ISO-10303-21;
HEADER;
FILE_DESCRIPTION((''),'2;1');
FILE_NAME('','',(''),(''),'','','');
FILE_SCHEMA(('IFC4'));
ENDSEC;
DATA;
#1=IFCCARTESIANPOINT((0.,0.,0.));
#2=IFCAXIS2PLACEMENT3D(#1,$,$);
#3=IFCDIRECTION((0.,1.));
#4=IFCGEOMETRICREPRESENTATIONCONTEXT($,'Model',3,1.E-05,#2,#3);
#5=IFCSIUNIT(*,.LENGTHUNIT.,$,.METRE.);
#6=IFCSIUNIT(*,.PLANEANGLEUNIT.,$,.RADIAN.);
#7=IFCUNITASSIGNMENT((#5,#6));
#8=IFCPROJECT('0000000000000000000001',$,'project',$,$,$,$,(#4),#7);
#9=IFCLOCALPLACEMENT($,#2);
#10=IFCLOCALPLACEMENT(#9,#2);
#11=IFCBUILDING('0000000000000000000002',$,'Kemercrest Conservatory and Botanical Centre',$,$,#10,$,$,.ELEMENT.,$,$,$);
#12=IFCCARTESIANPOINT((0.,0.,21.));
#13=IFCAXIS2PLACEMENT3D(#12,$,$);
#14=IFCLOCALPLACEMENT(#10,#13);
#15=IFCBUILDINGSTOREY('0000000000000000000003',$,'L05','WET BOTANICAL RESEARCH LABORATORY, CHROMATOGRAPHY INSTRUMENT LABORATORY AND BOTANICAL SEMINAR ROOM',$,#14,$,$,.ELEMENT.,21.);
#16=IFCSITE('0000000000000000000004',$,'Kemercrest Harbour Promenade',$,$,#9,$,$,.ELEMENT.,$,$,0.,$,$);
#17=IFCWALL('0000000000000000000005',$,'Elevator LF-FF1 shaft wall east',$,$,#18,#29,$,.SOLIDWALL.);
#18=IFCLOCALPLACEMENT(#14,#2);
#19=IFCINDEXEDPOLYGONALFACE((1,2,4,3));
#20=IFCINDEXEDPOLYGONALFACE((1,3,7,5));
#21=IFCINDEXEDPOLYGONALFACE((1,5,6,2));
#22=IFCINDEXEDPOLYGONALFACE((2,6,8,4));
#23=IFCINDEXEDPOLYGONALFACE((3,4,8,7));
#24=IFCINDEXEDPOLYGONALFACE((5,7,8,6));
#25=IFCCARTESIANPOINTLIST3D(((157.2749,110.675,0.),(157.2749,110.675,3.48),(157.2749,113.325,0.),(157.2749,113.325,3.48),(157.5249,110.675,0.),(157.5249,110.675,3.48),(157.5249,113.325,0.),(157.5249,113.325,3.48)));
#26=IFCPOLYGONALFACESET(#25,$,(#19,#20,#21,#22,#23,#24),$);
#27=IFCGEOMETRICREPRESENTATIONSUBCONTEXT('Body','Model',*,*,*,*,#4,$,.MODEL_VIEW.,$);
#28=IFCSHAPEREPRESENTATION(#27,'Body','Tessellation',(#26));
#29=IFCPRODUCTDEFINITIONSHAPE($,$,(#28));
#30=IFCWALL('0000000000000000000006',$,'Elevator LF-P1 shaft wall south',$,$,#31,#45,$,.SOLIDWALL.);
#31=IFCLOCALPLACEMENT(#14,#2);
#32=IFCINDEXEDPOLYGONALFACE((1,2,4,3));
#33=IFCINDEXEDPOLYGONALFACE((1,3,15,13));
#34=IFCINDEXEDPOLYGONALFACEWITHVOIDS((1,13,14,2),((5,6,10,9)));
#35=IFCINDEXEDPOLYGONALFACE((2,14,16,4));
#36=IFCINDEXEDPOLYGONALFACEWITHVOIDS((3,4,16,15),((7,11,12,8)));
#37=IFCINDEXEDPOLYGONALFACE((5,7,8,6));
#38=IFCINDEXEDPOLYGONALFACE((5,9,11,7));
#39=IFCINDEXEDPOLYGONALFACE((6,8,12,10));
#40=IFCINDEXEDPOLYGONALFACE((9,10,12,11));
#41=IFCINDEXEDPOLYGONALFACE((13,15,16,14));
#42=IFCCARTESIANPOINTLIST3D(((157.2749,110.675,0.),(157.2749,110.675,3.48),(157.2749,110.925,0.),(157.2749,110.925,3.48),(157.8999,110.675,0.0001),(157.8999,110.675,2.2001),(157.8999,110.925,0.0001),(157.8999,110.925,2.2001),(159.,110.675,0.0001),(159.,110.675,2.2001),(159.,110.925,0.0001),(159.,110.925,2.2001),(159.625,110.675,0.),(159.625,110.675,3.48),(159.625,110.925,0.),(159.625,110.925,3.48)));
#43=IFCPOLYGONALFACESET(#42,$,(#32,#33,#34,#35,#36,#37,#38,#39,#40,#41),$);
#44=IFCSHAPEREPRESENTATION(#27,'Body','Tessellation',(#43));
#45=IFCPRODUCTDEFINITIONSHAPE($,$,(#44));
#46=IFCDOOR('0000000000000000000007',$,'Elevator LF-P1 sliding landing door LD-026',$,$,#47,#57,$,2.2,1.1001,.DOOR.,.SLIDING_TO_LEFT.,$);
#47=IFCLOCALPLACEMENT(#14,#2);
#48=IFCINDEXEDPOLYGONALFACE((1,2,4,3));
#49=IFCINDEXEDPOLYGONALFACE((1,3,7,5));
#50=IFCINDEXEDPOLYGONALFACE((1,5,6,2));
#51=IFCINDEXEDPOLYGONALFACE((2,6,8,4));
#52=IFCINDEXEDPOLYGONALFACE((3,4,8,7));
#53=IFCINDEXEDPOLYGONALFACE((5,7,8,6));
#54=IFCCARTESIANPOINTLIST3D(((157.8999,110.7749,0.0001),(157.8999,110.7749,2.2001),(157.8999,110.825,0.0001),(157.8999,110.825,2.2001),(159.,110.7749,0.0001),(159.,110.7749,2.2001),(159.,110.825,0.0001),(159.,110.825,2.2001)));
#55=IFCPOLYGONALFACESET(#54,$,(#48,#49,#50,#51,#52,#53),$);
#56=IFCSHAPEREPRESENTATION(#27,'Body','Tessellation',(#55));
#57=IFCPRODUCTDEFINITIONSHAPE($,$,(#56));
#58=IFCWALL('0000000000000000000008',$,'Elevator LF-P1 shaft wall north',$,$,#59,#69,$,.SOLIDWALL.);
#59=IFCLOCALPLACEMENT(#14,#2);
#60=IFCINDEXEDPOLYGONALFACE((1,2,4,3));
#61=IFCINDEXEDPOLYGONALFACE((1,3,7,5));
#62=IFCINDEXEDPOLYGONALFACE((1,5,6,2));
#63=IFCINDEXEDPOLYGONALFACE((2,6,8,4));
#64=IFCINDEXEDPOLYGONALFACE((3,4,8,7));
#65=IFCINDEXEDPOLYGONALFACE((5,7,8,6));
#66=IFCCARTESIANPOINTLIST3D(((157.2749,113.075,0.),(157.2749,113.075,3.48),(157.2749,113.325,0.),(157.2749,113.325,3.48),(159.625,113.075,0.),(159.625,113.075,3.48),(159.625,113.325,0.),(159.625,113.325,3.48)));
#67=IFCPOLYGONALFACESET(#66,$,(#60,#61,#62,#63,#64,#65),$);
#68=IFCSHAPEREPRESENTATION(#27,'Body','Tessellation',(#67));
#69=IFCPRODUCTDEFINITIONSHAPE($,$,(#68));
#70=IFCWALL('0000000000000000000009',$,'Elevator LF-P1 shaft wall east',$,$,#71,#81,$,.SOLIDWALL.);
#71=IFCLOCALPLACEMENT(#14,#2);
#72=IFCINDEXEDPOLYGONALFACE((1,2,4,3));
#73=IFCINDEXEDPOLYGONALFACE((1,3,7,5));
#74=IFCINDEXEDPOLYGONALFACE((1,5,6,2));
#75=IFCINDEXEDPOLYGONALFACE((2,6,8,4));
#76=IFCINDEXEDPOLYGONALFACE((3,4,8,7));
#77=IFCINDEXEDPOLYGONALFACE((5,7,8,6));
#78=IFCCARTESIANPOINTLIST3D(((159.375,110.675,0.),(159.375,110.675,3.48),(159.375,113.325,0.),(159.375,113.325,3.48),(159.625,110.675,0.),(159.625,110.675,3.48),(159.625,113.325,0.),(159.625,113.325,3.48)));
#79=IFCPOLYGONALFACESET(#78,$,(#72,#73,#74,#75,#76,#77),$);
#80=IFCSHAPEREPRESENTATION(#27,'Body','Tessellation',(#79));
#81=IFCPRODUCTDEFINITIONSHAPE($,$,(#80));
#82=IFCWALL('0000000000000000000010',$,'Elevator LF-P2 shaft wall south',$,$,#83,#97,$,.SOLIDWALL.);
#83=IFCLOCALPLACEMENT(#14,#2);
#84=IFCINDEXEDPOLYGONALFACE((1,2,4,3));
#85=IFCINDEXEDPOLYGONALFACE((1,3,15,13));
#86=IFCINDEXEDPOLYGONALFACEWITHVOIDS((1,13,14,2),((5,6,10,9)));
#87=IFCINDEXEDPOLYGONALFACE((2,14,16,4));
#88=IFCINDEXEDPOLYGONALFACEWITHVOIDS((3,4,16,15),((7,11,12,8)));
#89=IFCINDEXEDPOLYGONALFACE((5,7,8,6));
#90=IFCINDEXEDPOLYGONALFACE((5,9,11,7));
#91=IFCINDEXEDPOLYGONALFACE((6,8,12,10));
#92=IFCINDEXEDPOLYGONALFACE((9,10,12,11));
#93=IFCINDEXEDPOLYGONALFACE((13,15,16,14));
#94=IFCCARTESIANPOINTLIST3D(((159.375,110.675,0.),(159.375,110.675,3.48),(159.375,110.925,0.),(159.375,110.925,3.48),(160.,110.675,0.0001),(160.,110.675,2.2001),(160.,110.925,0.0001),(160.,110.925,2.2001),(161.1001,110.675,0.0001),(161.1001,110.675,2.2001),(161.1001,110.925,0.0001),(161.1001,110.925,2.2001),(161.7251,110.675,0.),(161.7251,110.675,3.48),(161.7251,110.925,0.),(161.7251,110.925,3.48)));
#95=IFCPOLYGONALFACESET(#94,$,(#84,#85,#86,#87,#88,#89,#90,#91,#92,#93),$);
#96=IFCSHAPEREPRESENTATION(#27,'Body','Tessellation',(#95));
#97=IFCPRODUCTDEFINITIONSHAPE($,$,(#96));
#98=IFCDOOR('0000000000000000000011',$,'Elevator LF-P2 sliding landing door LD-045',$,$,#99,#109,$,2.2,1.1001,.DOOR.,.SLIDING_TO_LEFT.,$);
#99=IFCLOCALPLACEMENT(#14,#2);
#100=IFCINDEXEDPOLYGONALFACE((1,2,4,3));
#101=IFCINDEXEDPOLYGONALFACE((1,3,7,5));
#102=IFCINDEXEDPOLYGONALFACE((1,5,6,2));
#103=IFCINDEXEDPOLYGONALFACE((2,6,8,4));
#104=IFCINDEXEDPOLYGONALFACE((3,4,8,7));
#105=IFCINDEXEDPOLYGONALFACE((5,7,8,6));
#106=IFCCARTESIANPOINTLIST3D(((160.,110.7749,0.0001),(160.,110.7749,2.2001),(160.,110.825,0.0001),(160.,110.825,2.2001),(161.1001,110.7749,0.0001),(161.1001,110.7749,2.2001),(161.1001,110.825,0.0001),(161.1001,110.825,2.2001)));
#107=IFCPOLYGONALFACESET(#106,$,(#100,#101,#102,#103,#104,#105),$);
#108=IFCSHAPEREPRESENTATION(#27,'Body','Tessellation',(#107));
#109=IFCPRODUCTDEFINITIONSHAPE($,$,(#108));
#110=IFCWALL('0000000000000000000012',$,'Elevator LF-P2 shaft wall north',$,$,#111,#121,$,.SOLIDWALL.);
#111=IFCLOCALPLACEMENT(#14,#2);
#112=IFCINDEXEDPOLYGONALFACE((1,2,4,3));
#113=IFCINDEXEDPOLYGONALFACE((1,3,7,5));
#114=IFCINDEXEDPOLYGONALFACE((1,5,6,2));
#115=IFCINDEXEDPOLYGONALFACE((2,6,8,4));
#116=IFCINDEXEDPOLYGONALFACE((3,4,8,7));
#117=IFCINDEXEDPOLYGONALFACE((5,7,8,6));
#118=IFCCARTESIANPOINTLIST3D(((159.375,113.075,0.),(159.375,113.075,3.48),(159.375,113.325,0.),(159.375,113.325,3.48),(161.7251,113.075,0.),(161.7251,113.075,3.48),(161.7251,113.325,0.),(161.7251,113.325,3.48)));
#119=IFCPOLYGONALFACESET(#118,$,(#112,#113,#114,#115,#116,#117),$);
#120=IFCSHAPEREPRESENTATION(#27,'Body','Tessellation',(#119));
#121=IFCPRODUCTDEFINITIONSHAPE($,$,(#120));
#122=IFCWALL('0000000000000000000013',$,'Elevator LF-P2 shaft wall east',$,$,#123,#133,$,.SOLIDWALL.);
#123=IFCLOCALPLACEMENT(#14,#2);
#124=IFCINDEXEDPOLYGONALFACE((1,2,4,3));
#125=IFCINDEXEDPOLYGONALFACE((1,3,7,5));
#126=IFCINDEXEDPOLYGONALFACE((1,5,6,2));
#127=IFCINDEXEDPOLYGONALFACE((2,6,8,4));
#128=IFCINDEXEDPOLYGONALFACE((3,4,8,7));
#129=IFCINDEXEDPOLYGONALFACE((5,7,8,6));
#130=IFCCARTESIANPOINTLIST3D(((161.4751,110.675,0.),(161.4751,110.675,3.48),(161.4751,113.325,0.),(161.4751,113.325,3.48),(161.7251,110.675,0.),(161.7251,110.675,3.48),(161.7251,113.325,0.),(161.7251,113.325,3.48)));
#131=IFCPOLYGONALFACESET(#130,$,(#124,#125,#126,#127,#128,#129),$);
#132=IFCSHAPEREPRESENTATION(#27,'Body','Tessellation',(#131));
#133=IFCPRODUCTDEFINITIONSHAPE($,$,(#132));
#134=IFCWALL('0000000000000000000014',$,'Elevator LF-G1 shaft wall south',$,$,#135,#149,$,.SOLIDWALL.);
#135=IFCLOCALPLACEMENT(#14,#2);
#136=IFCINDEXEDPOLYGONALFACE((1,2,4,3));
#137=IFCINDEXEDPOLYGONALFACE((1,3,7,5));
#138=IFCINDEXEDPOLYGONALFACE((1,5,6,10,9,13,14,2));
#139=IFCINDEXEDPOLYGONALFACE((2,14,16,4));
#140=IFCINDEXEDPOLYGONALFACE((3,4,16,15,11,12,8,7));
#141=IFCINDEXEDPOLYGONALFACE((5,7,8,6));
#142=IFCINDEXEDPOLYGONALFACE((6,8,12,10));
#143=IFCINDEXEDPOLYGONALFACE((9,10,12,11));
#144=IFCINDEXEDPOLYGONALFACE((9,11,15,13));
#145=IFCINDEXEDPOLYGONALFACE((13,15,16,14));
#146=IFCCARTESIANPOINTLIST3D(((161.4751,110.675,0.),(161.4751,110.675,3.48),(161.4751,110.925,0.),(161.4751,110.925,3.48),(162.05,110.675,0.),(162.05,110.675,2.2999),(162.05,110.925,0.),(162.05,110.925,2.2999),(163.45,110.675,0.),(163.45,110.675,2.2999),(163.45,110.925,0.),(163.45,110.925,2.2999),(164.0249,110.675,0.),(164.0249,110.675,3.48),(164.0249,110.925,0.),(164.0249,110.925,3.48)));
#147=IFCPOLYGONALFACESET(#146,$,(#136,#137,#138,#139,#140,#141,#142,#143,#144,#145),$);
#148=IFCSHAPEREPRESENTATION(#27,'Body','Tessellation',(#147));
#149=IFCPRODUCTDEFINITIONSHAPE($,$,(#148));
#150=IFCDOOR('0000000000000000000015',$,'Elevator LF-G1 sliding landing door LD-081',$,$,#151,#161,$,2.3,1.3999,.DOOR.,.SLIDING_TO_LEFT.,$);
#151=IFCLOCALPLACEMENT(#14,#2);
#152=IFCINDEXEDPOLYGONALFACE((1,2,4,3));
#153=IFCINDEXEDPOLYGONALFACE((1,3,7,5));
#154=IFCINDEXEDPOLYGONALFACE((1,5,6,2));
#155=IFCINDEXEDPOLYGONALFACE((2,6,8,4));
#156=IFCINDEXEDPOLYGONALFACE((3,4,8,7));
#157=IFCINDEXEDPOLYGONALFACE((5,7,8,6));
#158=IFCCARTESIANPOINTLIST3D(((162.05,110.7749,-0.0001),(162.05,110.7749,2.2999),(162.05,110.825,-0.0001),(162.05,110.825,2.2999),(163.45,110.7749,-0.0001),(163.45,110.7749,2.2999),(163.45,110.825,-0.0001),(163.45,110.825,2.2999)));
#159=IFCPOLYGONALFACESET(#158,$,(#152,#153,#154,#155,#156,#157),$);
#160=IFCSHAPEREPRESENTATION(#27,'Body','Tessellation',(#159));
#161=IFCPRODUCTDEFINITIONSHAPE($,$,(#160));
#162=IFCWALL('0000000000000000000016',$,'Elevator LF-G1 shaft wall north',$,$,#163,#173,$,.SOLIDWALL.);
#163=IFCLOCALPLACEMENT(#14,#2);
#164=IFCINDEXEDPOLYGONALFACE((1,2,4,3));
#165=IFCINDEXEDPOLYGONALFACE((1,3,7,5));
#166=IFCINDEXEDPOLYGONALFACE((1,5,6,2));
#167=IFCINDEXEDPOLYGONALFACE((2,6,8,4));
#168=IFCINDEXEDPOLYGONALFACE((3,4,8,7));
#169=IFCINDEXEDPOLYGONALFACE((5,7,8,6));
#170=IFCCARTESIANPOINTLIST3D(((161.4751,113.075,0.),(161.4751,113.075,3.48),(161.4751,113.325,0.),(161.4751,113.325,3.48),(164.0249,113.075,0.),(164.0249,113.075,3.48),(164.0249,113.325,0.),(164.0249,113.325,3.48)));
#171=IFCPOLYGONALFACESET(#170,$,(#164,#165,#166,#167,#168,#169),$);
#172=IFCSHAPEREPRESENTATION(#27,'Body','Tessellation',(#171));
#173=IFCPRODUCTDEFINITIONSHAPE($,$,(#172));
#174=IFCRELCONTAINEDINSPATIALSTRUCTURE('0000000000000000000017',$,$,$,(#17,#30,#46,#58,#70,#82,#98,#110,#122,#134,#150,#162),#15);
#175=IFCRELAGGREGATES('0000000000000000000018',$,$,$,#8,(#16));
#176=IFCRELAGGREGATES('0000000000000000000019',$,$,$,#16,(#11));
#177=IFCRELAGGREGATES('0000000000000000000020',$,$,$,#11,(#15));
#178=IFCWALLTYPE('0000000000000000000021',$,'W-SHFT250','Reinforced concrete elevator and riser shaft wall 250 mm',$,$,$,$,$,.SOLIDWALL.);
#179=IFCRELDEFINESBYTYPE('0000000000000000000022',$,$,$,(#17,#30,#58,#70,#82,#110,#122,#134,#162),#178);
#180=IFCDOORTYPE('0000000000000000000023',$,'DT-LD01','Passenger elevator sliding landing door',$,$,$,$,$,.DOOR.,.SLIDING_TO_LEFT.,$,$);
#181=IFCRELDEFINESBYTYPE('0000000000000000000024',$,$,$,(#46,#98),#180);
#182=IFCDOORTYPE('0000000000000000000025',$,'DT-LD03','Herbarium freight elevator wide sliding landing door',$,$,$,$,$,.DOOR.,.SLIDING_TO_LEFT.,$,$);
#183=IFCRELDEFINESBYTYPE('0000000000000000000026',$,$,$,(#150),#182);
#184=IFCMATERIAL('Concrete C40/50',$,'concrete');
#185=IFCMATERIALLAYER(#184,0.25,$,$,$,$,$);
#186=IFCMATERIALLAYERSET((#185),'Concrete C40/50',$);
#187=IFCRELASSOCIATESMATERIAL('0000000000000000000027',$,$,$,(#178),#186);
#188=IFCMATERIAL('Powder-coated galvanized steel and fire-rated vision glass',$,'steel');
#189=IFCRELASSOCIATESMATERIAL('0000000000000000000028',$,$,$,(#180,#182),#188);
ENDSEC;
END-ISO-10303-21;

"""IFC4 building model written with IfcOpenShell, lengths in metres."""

from ifc_helpers import new_model, si_unit, direction, frame, frame_2d, origin, place, context, subcontext, project, spatial, rectangle, extrude, material, layer, layer_set, type_object, element, fill, save


model = new_model("IFC4")

# Units and contexts
model_context = context("Model", 3, precision=1e-05, world=origin(), true_north=direction((0.0, 1.0)))
body_context = subcontext(model_context, "Body", "Model", "MODEL_VIEW")
ifc_project = project(units=[si_unit("LENGTHUNIT", "METRE"), si_unit("PLANEANGLEUNIT", "RADIAN")], contexts=[model_context])

# Site, building, storey
site_placement = place(None, origin())
site = spatial("IfcSite", under=ifc_project, at=site_placement, Name="Kemercrest Harbour Promenade", CompositionType="ELEMENT", RefElevation=0.0)
building_placement = place(site_placement, origin())
building = spatial("IfcBuilding", under=site, at=building_placement, Name="Kemercrest Conservatory and Botanical Centre", CompositionType="ELEMENT")
storey_placement = place(building_placement, frame((0.0, 0.0, 21.0)))
storey = spatial("IfcBuildingStorey", under=building, at=storey_placement, Name="L05", Description="WET BOTANICAL RESEARCH LABORATORY, CHROMATOGRAPHY INSTRUMENT LABORATORY AND BOTANICAL SEMINAR ROOM", CompositionType="ELEMENT", Elevation=21.0)

# Shared definitions
ifc_material_1 = material(Name="Concrete C40/50", Category="concrete")

# Shared definitions
ifc_layer_1 = layer(ifc_material_1, 0.25)
ifc_layer_set_1 = layer_set([ifc_layer_1], Name="Concrete C40/50")
wall_type_1 = type_object("IfcWallType", Name="W-SHFT250", Description="Reinforced concrete elevator and riser shaft wall 250 mm", PredefinedType="SOLIDWALL", material=ifc_layer_set_1)
ifc_material_2 = material(Name="Powder-coated galvanized steel and fire-rated vision glass", Category="steel")

# Wall
wall_1_placement = place(storey_placement, frame((157.3999, 110.675, 0.0), z_axis=(0.0, 0.0, 1.0), x_axis=(0.0, 1.0, 0.0)))
element("IfcWall", 1, at=wall_1_placement, inside=storey, type_object=wall_type_1, Name="Elevator LF-FF1 shaft wall east", PredefinedType="SOLIDWALL", context=body_context, shape_type="SweptSolid", body=[
    extrude(rectangle(XDim=2.6499, YDim=0.25, at=frame_2d((1.325, 0.0))), origin(), (0.0, 0.0, 1.0), 3.48),
])

# Wall, opening, door
wall_2_placement = place(storey_placement, frame((157.2749, 110.8, 0.0), z_axis=(0.0, 0.0, 1.0), x_axis=(1.0, 0.0, 0.0)))
wall_2 = element("IfcWall", 2, at=wall_2_placement, inside=storey, type_object=wall_type_1, Name="Elevator LF-P1 shaft wall south", PredefinedType="SOLIDWALL", context=body_context, shape_type="SweptSolid", body=[
    extrude(rectangle(XDim=2.3501, YDim=0.25, at=frame_2d((1.175, 0.0))), origin(), (0.0, 0.0, 1.0), 3.48),
])
opening_1_placement = place(wall_2_placement, frame((0.625, 0.0, 0.0)))
opening_1 = element("IfcOpeningElement", 3, at=opening_1_placement, cuts=wall_2, PredefinedType="OPENING", context=body_context, shape_type="SweptSolid", body=[
    extrude(rectangle(XDim=1.1001, YDim=2.2, at=frame_2d((0.55, 1.1001))), frame((0.0, 0.135, 0.0), z_axis=(0.0, -1.0, 0.0), x_axis=(1.0, 0.0, 0.0)), (0.0, 0.0, 1.0), 0.27),
])
door_type_1 = type_object("IfcDoorType", Name="DT-LD01", Description="Passenger elevator sliding landing door", OperationType="SLIDING_TO_LEFT", PredefinedType="DOOR", material=ifc_material_2)
door_1_placement = place(opening_1_placement, origin())
door_1 = element("IfcDoor", 4, at=door_1_placement, inside=storey, type_object=door_type_1, Name="Elevator LF-P1 sliding landing door LD-026", OperationType="SLIDING_TO_LEFT", OverallHeight=2.2, OverallWidth=1.1001, PredefinedType="DOOR", context=body_context, shape_type="SweptSolid", body=[
    extrude(rectangle(XDim=1.1001, YDim=2.2, at=frame_2d((0.55, 1.1001))), frame((0.0, 0.0249, 0.0), z_axis=(0.0, -1.0, 0.0), x_axis=(1.0, 0.0, 0.0)), (0.0, 0.0, 1.0), 0.05),
])
fill(opening_1, door_1)

# Walls
wall_3_placement = place(storey_placement, frame((157.2749, 113.2, 0.0), z_axis=(0.0, 0.0, 1.0), x_axis=(1.0, 0.0, 0.0)))
element("IfcWall", 5, at=wall_3_placement, inside=storey, type_object=wall_type_1, Name="Elevator LF-P1 shaft wall north", PredefinedType="SOLIDWALL", context=body_context, shape_type="SweptSolid", body=[
    extrude(rectangle(XDim=2.3501, YDim=0.25, at=frame_2d((1.175, 0.0))), origin(), (0.0, 0.0, 1.0), 3.48),
])
wall_4_placement = place(storey_placement, frame((159.5, 110.675, 0.0), z_axis=(0.0, 0.0, 1.0), x_axis=(0.0, 1.0, 0.0)))
element("IfcWall", 6, at=wall_4_placement, inside=storey, type_object=wall_type_1, Name="Elevator LF-P1 shaft wall east", PredefinedType="SOLIDWALL", context=body_context, shape_type="SweptSolid", body=[
    extrude(rectangle(XDim=2.6499, YDim=0.25, at=frame_2d((1.325, 0.0))), origin(), (0.0, 0.0, 1.0), 3.48),
])

# Wall, opening, door
wall_5_placement = place(storey_placement, frame((159.375, 110.8, 0.0), z_axis=(0.0, 0.0, 1.0), x_axis=(1.0, 0.0, 0.0)))
wall_5 = element("IfcWall", 7, at=wall_5_placement, inside=storey, type_object=wall_type_1, Name="Elevator LF-P2 shaft wall south", PredefinedType="SOLIDWALL", context=body_context, shape_type="SweptSolid", body=[
    extrude(rectangle(XDim=2.3501, YDim=0.25, at=frame_2d((1.175, 0.0))), origin(), (0.0, 0.0, 1.0), 3.48),
])
opening_2_placement = place(wall_5_placement, frame((0.625, 0.0, 0.0)))
opening_2 = element("IfcOpeningElement", 8, at=opening_2_placement, cuts=wall_5, PredefinedType="OPENING", context=body_context, shape_type="SweptSolid", body=[
    extrude(rectangle(XDim=1.1001, YDim=2.2, at=frame_2d((0.55, 1.1001))), frame((0.0, 0.135, 0.0), z_axis=(0.0, -1.0, 0.0), x_axis=(1.0, 0.0, 0.0)), (0.0, 0.0, 1.0), 0.27),
])
door_2_placement = place(opening_2_placement, origin())
door_2 = element("IfcDoor", 9, at=door_2_placement, inside=storey, type_object=door_type_1, Name="Elevator LF-P2 sliding landing door LD-045", OperationType="SLIDING_TO_LEFT", OverallHeight=2.2, OverallWidth=1.1001, PredefinedType="DOOR", context=body_context, shape_type="SweptSolid", body=[
    extrude(rectangle(XDim=1.1001, YDim=2.2, at=frame_2d((0.55, 1.1001))), frame((0.0, 0.0249, 0.0), z_axis=(0.0, -1.0, 0.0), x_axis=(1.0, 0.0, 0.0)), (0.0, 0.0, 1.0), 0.05),
])
fill(opening_2, door_2)

# Walls
wall_6_placement = place(storey_placement, frame((159.375, 113.2, 0.0), z_axis=(0.0, 0.0, 1.0), x_axis=(1.0, 0.0, 0.0)))
element("IfcWall", 10, at=wall_6_placement, inside=storey, type_object=wall_type_1, Name="Elevator LF-P2 shaft wall north", PredefinedType="SOLIDWALL", context=body_context, shape_type="SweptSolid", body=[
    extrude(rectangle(XDim=2.3501, YDim=0.25, at=frame_2d((1.175, 0.0))), origin(), (0.0, 0.0, 1.0), 3.48),
])
wall_7_placement = place(storey_placement, frame((161.6001, 110.675, 0.0), z_axis=(0.0, 0.0, 1.0), x_axis=(0.0, 1.0, 0.0)))
element("IfcWall", 11, at=wall_7_placement, inside=storey, type_object=wall_type_1, Name="Elevator LF-P2 shaft wall east", PredefinedType="SOLIDWALL", context=body_context, shape_type="SweptSolid", body=[
    extrude(rectangle(XDim=2.6499, YDim=0.25, at=frame_2d((1.325, 0.0))), origin(), (0.0, 0.0, 1.0), 3.48),
])

# Wall, opening, door
wall_8_placement = place(storey_placement, frame((161.4751, 110.8, 0.0), z_axis=(0.0, 0.0, 1.0), x_axis=(1.0, 0.0, 0.0)))
wall_8 = element("IfcWall", 12, at=wall_8_placement, inside=storey, type_object=wall_type_1, Name="Elevator LF-G1 shaft wall south", PredefinedType="SOLIDWALL", context=body_context, shape_type="SweptSolid", body=[
    extrude(rectangle(XDim=2.5498, YDim=0.25, at=frame_2d((1.2749, 0.0))), origin(), (0.0, 0.0, 1.0), 3.48),
])
opening_3_placement = place(wall_8_placement, frame((0.575, 0.0, 0.0)))
opening_3 = element("IfcOpeningElement", 13, at=opening_3_placement, cuts=wall_8, PredefinedType="OPENING", context=body_context, shape_type="SweptSolid", body=[
    extrude(rectangle(XDim=1.3999, YDim=2.3, at=frame_2d((0.7, 1.1499))), frame((0.0, 0.135, 0.0), z_axis=(0.0, -1.0, 0.0), x_axis=(1.0, 0.0, 0.0)), (0.0, 0.0, 1.0), 0.27),
])
door_type_2 = type_object("IfcDoorType", Name="DT-LD03", Description="Herbarium freight elevator wide sliding landing door", OperationType="SLIDING_TO_LEFT", PredefinedType="DOOR", material=ifc_material_2)
door_3_placement = place(opening_3_placement, origin())
door_3 = element("IfcDoor", 14, at=door_3_placement, inside=storey, type_object=door_type_2, Name="Elevator LF-G1 sliding landing door LD-081", OperationType="SLIDING_TO_LEFT", OverallHeight=2.3, OverallWidth=1.3999, PredefinedType="DOOR", context=body_context, shape_type="SweptSolid", body=[
    extrude(rectangle(XDim=1.3999, YDim=2.3, at=frame_2d((0.7, 1.1499))), frame((0.0, 0.0249, 0.0), z_axis=(0.0, -1.0, 0.0), x_axis=(1.0, 0.0, 0.0)), (0.0, 0.0, 1.0), 0.05),
])
fill(opening_3, door_3)

# Wall
wall_9_placement = place(storey_placement, frame((161.4751, 113.2, 0.0), z_axis=(0.0, 0.0, 1.0), x_axis=(1.0, 0.0, 0.0)))
element("IfcWall", 15, at=wall_9_placement, inside=storey, type_object=wall_type_1, Name="Elevator LF-G1 shaft wall north", PredefinedType="SOLIDWALL", context=body_context, shape_type="SweptSolid", body=[
    extrude(rectangle(XDim=2.5498, YDim=0.25, at=frame_2d((1.2749, 0.0))), origin(), (0.0, 0.0, 1.0), 3.48),
])

save(model, "model.ifc")
